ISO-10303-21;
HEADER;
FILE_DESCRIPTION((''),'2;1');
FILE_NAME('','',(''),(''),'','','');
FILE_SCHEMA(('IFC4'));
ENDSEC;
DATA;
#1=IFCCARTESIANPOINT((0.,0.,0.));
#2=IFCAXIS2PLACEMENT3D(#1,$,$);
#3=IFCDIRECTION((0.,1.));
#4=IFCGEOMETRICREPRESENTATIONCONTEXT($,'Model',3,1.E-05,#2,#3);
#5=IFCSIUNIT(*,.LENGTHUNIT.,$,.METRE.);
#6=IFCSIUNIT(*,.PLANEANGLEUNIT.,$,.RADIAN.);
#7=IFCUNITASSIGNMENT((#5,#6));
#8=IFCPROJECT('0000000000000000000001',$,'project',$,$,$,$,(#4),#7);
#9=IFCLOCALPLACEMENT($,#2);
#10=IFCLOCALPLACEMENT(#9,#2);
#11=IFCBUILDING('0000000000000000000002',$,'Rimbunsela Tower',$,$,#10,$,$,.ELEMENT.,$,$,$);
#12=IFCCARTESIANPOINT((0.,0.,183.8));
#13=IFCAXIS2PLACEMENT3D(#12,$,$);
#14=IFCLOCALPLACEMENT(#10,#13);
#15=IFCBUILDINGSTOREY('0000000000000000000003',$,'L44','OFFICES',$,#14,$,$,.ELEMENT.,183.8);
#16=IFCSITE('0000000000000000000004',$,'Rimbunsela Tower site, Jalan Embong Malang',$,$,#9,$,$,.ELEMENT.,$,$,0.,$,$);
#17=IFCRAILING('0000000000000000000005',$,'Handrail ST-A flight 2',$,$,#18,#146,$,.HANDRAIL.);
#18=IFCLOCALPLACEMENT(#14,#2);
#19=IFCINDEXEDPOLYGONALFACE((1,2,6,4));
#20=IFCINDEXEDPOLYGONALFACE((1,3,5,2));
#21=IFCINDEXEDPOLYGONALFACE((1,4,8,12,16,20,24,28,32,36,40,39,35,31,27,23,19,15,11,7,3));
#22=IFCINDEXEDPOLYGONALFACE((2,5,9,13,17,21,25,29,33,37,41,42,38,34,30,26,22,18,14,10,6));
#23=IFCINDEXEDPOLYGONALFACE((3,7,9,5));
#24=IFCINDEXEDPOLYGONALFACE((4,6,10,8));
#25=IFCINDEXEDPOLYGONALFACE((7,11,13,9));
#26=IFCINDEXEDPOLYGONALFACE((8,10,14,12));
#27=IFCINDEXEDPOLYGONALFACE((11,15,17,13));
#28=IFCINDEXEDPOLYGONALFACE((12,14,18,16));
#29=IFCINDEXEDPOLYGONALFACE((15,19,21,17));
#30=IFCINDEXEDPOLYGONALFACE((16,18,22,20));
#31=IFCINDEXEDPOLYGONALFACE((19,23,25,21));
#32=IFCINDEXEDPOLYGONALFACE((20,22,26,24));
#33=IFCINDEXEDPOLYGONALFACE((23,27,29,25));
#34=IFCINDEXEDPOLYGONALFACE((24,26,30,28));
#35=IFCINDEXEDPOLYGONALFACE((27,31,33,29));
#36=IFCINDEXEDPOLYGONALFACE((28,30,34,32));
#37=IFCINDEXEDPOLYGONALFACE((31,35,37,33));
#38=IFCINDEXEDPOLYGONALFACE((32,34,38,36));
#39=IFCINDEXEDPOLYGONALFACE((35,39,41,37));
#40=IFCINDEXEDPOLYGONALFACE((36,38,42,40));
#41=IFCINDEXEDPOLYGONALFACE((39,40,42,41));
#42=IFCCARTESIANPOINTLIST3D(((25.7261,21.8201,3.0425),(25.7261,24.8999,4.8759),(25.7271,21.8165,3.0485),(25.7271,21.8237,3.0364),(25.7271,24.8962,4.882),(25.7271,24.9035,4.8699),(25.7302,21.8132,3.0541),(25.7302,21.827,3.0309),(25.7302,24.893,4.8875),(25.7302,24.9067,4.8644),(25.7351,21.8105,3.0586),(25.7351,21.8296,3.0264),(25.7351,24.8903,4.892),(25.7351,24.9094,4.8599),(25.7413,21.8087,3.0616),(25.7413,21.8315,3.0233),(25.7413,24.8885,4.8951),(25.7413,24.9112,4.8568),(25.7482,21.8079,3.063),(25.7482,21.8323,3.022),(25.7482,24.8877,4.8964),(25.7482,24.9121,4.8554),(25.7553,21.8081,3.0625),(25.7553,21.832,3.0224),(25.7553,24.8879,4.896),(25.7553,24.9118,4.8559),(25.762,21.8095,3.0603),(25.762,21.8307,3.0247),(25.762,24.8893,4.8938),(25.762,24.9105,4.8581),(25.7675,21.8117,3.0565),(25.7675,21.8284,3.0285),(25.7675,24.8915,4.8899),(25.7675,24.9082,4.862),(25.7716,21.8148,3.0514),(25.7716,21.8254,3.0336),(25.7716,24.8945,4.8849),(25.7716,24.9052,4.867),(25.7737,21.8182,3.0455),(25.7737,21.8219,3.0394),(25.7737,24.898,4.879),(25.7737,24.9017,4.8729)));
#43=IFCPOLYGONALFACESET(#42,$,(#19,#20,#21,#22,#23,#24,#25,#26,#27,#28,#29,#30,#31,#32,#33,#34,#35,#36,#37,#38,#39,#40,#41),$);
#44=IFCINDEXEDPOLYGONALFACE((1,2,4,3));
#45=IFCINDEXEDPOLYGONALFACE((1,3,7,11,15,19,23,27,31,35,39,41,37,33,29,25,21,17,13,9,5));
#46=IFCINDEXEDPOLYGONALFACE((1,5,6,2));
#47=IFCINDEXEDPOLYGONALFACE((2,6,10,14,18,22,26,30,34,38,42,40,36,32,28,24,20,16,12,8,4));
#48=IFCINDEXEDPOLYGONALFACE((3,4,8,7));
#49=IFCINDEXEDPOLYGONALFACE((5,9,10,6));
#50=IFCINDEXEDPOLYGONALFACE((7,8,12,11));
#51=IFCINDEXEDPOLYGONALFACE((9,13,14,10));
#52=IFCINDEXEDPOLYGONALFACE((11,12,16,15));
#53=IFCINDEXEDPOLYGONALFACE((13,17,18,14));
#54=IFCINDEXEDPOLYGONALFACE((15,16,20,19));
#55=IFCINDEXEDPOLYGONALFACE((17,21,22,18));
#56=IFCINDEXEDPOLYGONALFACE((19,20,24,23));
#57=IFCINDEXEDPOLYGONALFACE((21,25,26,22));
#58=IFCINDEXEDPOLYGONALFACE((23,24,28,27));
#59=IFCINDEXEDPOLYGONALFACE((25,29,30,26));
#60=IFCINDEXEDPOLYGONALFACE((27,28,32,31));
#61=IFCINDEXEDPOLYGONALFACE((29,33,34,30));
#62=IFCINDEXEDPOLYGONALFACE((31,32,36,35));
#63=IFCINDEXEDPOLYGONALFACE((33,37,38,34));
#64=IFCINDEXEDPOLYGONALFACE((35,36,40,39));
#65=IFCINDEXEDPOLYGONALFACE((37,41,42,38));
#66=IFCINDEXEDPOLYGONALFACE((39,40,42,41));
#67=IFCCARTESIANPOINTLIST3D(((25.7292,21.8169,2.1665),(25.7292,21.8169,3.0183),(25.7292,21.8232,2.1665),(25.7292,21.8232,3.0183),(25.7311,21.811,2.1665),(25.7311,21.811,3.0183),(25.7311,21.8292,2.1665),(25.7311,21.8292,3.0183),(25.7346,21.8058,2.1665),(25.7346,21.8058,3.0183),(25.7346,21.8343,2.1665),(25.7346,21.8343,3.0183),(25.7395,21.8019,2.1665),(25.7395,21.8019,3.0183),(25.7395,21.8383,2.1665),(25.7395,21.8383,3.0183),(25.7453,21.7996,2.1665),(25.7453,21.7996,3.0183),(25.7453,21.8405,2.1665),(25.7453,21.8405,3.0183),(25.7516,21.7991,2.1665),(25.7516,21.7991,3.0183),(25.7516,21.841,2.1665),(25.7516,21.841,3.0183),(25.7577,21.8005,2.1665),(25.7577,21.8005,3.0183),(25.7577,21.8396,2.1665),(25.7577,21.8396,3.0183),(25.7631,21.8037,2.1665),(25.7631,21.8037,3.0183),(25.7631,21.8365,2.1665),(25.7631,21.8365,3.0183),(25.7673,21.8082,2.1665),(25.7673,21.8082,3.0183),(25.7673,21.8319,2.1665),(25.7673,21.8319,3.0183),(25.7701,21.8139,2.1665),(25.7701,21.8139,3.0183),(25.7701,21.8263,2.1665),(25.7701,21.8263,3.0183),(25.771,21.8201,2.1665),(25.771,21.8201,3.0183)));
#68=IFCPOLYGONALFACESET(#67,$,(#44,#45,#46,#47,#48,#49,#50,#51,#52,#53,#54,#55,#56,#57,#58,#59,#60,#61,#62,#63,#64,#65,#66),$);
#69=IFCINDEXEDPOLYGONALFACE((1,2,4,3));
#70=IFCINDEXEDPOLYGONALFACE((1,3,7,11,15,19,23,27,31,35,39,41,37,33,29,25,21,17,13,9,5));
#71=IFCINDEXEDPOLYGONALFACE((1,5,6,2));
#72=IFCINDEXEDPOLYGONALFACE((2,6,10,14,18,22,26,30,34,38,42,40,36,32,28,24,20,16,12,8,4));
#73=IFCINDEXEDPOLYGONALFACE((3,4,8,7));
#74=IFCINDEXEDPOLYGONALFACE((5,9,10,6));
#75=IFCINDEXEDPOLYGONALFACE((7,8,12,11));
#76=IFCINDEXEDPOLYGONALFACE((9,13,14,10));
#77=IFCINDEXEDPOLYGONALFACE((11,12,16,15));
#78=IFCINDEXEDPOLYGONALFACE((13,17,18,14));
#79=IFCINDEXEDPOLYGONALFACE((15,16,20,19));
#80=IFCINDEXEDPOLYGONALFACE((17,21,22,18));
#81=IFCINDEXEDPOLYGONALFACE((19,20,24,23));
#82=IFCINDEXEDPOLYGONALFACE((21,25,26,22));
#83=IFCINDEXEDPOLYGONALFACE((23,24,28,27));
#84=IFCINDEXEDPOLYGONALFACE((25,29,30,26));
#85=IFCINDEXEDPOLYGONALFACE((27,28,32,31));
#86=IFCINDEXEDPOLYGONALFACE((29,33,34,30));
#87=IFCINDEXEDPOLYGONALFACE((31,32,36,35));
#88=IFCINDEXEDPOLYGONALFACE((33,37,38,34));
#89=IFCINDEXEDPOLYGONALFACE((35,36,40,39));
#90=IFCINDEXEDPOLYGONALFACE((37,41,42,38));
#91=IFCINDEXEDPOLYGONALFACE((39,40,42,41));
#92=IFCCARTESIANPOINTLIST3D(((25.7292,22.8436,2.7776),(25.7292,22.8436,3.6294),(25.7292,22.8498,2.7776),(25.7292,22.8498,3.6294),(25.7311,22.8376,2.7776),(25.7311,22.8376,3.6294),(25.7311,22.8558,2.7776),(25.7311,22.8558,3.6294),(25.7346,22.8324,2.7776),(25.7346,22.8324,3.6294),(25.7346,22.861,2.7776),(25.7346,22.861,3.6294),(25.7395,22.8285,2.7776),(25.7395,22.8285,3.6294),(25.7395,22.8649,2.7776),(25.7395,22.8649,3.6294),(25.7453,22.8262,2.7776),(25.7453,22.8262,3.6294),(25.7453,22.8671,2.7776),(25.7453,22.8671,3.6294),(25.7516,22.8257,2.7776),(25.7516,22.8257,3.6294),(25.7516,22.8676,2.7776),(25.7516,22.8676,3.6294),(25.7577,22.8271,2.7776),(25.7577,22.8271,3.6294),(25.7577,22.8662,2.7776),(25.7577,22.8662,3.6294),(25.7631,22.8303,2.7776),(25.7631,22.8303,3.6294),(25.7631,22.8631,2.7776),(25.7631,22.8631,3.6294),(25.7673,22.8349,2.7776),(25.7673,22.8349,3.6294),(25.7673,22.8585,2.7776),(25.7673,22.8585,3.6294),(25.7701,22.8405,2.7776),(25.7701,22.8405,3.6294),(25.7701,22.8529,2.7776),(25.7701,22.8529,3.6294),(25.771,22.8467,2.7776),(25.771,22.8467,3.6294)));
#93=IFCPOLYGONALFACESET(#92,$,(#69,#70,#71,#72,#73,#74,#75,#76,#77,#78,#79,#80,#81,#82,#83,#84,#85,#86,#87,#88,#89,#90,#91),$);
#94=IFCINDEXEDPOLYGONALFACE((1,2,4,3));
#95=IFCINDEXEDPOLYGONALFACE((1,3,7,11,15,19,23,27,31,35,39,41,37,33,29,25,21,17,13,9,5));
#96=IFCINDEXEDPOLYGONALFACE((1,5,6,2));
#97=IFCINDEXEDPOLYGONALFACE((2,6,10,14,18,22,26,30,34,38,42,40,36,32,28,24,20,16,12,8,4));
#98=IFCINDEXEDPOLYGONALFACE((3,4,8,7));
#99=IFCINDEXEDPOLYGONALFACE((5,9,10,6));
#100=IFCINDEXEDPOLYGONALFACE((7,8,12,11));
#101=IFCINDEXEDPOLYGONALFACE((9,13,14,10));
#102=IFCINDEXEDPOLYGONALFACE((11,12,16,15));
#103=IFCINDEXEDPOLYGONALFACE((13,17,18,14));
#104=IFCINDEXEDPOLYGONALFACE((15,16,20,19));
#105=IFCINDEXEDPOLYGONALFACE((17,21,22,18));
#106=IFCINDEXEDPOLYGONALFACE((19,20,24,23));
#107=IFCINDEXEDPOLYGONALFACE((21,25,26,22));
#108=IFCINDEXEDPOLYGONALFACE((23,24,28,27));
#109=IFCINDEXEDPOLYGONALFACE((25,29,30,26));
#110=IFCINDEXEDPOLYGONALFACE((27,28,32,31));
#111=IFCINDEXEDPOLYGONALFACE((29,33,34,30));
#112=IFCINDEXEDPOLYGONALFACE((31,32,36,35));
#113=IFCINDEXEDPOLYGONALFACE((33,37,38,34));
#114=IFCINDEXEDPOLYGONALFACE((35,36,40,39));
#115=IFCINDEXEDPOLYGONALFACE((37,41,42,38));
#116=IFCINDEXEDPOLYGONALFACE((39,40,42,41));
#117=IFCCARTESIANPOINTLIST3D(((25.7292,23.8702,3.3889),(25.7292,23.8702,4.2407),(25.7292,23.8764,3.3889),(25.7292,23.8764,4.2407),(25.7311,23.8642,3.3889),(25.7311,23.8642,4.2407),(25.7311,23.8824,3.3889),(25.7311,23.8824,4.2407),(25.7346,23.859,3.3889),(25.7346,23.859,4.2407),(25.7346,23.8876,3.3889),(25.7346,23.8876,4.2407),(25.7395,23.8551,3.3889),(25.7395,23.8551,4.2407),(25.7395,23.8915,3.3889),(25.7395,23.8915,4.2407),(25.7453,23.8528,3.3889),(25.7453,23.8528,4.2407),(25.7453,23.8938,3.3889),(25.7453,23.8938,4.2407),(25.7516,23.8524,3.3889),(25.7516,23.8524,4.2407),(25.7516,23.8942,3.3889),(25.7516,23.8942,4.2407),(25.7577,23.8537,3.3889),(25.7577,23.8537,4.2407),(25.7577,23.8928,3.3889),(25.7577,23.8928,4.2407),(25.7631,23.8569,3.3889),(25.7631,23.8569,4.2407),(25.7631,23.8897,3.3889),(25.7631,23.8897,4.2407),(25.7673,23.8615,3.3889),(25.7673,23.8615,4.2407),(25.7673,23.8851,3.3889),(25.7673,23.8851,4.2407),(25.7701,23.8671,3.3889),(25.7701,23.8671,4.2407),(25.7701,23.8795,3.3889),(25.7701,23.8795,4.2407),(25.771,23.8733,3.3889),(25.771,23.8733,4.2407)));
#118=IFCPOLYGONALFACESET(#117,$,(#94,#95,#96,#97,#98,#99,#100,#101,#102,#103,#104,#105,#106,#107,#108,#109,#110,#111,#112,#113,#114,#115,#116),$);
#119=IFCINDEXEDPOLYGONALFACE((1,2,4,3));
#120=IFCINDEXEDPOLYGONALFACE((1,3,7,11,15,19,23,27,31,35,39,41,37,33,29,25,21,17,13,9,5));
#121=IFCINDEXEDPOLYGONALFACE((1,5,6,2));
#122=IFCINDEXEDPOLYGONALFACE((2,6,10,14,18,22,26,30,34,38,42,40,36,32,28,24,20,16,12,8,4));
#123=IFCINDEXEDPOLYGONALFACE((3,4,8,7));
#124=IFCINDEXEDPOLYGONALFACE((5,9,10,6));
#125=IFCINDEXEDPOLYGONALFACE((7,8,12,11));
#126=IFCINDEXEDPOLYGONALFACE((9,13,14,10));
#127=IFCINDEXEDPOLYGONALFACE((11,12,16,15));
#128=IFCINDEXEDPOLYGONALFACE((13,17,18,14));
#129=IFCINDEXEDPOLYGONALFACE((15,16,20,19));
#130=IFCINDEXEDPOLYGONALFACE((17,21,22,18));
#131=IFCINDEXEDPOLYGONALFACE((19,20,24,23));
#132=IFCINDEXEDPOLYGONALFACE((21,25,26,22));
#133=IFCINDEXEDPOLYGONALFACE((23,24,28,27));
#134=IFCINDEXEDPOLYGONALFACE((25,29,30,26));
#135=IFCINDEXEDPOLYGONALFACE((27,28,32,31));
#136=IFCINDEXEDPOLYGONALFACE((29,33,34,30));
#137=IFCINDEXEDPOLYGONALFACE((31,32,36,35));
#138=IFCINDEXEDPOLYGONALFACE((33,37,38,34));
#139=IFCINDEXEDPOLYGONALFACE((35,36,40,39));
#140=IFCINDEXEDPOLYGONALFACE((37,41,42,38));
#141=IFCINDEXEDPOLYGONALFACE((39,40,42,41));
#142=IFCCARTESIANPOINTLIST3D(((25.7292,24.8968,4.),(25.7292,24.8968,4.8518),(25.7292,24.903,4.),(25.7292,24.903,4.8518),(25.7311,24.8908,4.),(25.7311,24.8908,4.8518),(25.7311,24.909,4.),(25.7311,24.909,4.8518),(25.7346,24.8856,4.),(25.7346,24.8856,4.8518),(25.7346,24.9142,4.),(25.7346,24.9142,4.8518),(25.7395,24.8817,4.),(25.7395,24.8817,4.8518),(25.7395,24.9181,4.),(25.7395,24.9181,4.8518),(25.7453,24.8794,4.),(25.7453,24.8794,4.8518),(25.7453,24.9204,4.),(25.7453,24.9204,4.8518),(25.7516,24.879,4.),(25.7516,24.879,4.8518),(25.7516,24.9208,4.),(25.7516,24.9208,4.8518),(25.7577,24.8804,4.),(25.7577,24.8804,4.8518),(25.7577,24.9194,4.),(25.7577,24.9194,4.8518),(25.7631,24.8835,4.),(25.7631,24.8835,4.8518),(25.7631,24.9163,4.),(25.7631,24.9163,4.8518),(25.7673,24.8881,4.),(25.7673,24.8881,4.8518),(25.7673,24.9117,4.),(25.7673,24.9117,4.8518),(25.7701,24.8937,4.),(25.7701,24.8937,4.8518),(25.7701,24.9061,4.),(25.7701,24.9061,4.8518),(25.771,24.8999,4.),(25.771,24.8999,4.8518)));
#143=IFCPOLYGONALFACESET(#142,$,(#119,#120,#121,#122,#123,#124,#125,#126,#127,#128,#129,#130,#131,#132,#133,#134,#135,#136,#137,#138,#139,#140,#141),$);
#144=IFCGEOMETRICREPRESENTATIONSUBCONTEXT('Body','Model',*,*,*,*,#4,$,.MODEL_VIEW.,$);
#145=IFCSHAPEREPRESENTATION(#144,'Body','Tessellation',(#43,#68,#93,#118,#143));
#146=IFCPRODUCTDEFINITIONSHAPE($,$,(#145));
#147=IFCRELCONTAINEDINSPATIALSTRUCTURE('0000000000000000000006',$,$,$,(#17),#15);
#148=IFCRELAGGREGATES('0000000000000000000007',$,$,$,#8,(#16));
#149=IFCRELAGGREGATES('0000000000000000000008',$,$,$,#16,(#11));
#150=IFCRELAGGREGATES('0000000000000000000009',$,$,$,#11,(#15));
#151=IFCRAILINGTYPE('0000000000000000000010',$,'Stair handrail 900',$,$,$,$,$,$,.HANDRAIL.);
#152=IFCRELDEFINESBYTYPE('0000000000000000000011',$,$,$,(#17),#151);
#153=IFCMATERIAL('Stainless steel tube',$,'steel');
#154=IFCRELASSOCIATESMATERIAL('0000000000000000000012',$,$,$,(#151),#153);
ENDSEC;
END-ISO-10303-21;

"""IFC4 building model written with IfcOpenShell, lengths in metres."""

from ifc_helpers import new_model, si_unit, direction, frame, origin, origin_2d, place, context, subcontext, project, spatial, circle, extrude, material, type_object, element, save


model = new_model("IFC4")

# Units and contexts
model_context = context("Model", 3, precision=1e-05, world=origin(), true_north=direction((0.0, 1.0)))
body_context = subcontext(model_context, "Body", "Model", "MODEL_VIEW")
ifc_project = project(units=[si_unit("LENGTHUNIT", "METRE"), si_unit("PLANEANGLEUNIT", "RADIAN")], contexts=[model_context])

# Site, building, storey
site_placement = place(None, origin())
site = spatial("IfcSite", under=ifc_project, at=site_placement, Name="Rimbunsela Tower site, Jalan Embong Malang", CompositionType="ELEMENT", RefElevation=0.0)
building_placement = place(site_placement, origin())
building = spatial("IfcBuilding", under=site, at=building_placement, Name="Rimbunsela Tower", CompositionType="ELEMENT")
storey_placement = place(building_placement, frame((0.0, 0.0, 183.8)))
storey = spatial("IfcBuildingStorey", under=building, at=storey_placement, Name="L44", Description="OFFICES", CompositionType="ELEMENT", Elevation=183.8)

# Railing
ifc_material_1 = material(Name="Stainless steel tube", Category="steel")
railing_type = type_object("IfcRailingType", Name="Stair handrail 900", PredefinedType="HANDRAIL", material=ifc_material_1)
railing_placement = place(storey_placement, frame((25.75, 21.8201, 2.1665)))
element("IfcRailing", 1, at=railing_placement, inside=storey, type_object=railing_type, Name="Handrail ST-A flight 2", PredefinedType="HANDRAIL", context=body_context, shape_type="SweptSolid", body=[
    extrude(circle(Radius=0.0239, at=origin_2d()), frame((0.0, 0.0, 0.876), z_axis=(0.0, 0.859261, 0.511538), x_axis=(-1.0, 0.0, 0.0)), (0.0, 0.0, 1.0), 3.5842),
    extrude(circle(Radius=0.021, at=origin_2d()), origin(), (0.0, 0.0, 1.0), 0.8518),
    extrude(circle(Radius=0.021, at=origin_2d()), frame((0.0, 1.0266, 0.6111)), (0.0, 0.0, 1.0), 0.8518),
    extrude(circle(Radius=0.021, at=origin_2d()), frame((0.0, 2.0532, 1.2224)), (0.0, 0.0, 1.0), 0.8518),
    extrude(circle(Radius=0.021, at=origin_2d()), frame((0.0, 3.0798, 1.8335)), (0.0, 0.0, 1.0), 0.8518),
])

save(model, "model.ifc")
